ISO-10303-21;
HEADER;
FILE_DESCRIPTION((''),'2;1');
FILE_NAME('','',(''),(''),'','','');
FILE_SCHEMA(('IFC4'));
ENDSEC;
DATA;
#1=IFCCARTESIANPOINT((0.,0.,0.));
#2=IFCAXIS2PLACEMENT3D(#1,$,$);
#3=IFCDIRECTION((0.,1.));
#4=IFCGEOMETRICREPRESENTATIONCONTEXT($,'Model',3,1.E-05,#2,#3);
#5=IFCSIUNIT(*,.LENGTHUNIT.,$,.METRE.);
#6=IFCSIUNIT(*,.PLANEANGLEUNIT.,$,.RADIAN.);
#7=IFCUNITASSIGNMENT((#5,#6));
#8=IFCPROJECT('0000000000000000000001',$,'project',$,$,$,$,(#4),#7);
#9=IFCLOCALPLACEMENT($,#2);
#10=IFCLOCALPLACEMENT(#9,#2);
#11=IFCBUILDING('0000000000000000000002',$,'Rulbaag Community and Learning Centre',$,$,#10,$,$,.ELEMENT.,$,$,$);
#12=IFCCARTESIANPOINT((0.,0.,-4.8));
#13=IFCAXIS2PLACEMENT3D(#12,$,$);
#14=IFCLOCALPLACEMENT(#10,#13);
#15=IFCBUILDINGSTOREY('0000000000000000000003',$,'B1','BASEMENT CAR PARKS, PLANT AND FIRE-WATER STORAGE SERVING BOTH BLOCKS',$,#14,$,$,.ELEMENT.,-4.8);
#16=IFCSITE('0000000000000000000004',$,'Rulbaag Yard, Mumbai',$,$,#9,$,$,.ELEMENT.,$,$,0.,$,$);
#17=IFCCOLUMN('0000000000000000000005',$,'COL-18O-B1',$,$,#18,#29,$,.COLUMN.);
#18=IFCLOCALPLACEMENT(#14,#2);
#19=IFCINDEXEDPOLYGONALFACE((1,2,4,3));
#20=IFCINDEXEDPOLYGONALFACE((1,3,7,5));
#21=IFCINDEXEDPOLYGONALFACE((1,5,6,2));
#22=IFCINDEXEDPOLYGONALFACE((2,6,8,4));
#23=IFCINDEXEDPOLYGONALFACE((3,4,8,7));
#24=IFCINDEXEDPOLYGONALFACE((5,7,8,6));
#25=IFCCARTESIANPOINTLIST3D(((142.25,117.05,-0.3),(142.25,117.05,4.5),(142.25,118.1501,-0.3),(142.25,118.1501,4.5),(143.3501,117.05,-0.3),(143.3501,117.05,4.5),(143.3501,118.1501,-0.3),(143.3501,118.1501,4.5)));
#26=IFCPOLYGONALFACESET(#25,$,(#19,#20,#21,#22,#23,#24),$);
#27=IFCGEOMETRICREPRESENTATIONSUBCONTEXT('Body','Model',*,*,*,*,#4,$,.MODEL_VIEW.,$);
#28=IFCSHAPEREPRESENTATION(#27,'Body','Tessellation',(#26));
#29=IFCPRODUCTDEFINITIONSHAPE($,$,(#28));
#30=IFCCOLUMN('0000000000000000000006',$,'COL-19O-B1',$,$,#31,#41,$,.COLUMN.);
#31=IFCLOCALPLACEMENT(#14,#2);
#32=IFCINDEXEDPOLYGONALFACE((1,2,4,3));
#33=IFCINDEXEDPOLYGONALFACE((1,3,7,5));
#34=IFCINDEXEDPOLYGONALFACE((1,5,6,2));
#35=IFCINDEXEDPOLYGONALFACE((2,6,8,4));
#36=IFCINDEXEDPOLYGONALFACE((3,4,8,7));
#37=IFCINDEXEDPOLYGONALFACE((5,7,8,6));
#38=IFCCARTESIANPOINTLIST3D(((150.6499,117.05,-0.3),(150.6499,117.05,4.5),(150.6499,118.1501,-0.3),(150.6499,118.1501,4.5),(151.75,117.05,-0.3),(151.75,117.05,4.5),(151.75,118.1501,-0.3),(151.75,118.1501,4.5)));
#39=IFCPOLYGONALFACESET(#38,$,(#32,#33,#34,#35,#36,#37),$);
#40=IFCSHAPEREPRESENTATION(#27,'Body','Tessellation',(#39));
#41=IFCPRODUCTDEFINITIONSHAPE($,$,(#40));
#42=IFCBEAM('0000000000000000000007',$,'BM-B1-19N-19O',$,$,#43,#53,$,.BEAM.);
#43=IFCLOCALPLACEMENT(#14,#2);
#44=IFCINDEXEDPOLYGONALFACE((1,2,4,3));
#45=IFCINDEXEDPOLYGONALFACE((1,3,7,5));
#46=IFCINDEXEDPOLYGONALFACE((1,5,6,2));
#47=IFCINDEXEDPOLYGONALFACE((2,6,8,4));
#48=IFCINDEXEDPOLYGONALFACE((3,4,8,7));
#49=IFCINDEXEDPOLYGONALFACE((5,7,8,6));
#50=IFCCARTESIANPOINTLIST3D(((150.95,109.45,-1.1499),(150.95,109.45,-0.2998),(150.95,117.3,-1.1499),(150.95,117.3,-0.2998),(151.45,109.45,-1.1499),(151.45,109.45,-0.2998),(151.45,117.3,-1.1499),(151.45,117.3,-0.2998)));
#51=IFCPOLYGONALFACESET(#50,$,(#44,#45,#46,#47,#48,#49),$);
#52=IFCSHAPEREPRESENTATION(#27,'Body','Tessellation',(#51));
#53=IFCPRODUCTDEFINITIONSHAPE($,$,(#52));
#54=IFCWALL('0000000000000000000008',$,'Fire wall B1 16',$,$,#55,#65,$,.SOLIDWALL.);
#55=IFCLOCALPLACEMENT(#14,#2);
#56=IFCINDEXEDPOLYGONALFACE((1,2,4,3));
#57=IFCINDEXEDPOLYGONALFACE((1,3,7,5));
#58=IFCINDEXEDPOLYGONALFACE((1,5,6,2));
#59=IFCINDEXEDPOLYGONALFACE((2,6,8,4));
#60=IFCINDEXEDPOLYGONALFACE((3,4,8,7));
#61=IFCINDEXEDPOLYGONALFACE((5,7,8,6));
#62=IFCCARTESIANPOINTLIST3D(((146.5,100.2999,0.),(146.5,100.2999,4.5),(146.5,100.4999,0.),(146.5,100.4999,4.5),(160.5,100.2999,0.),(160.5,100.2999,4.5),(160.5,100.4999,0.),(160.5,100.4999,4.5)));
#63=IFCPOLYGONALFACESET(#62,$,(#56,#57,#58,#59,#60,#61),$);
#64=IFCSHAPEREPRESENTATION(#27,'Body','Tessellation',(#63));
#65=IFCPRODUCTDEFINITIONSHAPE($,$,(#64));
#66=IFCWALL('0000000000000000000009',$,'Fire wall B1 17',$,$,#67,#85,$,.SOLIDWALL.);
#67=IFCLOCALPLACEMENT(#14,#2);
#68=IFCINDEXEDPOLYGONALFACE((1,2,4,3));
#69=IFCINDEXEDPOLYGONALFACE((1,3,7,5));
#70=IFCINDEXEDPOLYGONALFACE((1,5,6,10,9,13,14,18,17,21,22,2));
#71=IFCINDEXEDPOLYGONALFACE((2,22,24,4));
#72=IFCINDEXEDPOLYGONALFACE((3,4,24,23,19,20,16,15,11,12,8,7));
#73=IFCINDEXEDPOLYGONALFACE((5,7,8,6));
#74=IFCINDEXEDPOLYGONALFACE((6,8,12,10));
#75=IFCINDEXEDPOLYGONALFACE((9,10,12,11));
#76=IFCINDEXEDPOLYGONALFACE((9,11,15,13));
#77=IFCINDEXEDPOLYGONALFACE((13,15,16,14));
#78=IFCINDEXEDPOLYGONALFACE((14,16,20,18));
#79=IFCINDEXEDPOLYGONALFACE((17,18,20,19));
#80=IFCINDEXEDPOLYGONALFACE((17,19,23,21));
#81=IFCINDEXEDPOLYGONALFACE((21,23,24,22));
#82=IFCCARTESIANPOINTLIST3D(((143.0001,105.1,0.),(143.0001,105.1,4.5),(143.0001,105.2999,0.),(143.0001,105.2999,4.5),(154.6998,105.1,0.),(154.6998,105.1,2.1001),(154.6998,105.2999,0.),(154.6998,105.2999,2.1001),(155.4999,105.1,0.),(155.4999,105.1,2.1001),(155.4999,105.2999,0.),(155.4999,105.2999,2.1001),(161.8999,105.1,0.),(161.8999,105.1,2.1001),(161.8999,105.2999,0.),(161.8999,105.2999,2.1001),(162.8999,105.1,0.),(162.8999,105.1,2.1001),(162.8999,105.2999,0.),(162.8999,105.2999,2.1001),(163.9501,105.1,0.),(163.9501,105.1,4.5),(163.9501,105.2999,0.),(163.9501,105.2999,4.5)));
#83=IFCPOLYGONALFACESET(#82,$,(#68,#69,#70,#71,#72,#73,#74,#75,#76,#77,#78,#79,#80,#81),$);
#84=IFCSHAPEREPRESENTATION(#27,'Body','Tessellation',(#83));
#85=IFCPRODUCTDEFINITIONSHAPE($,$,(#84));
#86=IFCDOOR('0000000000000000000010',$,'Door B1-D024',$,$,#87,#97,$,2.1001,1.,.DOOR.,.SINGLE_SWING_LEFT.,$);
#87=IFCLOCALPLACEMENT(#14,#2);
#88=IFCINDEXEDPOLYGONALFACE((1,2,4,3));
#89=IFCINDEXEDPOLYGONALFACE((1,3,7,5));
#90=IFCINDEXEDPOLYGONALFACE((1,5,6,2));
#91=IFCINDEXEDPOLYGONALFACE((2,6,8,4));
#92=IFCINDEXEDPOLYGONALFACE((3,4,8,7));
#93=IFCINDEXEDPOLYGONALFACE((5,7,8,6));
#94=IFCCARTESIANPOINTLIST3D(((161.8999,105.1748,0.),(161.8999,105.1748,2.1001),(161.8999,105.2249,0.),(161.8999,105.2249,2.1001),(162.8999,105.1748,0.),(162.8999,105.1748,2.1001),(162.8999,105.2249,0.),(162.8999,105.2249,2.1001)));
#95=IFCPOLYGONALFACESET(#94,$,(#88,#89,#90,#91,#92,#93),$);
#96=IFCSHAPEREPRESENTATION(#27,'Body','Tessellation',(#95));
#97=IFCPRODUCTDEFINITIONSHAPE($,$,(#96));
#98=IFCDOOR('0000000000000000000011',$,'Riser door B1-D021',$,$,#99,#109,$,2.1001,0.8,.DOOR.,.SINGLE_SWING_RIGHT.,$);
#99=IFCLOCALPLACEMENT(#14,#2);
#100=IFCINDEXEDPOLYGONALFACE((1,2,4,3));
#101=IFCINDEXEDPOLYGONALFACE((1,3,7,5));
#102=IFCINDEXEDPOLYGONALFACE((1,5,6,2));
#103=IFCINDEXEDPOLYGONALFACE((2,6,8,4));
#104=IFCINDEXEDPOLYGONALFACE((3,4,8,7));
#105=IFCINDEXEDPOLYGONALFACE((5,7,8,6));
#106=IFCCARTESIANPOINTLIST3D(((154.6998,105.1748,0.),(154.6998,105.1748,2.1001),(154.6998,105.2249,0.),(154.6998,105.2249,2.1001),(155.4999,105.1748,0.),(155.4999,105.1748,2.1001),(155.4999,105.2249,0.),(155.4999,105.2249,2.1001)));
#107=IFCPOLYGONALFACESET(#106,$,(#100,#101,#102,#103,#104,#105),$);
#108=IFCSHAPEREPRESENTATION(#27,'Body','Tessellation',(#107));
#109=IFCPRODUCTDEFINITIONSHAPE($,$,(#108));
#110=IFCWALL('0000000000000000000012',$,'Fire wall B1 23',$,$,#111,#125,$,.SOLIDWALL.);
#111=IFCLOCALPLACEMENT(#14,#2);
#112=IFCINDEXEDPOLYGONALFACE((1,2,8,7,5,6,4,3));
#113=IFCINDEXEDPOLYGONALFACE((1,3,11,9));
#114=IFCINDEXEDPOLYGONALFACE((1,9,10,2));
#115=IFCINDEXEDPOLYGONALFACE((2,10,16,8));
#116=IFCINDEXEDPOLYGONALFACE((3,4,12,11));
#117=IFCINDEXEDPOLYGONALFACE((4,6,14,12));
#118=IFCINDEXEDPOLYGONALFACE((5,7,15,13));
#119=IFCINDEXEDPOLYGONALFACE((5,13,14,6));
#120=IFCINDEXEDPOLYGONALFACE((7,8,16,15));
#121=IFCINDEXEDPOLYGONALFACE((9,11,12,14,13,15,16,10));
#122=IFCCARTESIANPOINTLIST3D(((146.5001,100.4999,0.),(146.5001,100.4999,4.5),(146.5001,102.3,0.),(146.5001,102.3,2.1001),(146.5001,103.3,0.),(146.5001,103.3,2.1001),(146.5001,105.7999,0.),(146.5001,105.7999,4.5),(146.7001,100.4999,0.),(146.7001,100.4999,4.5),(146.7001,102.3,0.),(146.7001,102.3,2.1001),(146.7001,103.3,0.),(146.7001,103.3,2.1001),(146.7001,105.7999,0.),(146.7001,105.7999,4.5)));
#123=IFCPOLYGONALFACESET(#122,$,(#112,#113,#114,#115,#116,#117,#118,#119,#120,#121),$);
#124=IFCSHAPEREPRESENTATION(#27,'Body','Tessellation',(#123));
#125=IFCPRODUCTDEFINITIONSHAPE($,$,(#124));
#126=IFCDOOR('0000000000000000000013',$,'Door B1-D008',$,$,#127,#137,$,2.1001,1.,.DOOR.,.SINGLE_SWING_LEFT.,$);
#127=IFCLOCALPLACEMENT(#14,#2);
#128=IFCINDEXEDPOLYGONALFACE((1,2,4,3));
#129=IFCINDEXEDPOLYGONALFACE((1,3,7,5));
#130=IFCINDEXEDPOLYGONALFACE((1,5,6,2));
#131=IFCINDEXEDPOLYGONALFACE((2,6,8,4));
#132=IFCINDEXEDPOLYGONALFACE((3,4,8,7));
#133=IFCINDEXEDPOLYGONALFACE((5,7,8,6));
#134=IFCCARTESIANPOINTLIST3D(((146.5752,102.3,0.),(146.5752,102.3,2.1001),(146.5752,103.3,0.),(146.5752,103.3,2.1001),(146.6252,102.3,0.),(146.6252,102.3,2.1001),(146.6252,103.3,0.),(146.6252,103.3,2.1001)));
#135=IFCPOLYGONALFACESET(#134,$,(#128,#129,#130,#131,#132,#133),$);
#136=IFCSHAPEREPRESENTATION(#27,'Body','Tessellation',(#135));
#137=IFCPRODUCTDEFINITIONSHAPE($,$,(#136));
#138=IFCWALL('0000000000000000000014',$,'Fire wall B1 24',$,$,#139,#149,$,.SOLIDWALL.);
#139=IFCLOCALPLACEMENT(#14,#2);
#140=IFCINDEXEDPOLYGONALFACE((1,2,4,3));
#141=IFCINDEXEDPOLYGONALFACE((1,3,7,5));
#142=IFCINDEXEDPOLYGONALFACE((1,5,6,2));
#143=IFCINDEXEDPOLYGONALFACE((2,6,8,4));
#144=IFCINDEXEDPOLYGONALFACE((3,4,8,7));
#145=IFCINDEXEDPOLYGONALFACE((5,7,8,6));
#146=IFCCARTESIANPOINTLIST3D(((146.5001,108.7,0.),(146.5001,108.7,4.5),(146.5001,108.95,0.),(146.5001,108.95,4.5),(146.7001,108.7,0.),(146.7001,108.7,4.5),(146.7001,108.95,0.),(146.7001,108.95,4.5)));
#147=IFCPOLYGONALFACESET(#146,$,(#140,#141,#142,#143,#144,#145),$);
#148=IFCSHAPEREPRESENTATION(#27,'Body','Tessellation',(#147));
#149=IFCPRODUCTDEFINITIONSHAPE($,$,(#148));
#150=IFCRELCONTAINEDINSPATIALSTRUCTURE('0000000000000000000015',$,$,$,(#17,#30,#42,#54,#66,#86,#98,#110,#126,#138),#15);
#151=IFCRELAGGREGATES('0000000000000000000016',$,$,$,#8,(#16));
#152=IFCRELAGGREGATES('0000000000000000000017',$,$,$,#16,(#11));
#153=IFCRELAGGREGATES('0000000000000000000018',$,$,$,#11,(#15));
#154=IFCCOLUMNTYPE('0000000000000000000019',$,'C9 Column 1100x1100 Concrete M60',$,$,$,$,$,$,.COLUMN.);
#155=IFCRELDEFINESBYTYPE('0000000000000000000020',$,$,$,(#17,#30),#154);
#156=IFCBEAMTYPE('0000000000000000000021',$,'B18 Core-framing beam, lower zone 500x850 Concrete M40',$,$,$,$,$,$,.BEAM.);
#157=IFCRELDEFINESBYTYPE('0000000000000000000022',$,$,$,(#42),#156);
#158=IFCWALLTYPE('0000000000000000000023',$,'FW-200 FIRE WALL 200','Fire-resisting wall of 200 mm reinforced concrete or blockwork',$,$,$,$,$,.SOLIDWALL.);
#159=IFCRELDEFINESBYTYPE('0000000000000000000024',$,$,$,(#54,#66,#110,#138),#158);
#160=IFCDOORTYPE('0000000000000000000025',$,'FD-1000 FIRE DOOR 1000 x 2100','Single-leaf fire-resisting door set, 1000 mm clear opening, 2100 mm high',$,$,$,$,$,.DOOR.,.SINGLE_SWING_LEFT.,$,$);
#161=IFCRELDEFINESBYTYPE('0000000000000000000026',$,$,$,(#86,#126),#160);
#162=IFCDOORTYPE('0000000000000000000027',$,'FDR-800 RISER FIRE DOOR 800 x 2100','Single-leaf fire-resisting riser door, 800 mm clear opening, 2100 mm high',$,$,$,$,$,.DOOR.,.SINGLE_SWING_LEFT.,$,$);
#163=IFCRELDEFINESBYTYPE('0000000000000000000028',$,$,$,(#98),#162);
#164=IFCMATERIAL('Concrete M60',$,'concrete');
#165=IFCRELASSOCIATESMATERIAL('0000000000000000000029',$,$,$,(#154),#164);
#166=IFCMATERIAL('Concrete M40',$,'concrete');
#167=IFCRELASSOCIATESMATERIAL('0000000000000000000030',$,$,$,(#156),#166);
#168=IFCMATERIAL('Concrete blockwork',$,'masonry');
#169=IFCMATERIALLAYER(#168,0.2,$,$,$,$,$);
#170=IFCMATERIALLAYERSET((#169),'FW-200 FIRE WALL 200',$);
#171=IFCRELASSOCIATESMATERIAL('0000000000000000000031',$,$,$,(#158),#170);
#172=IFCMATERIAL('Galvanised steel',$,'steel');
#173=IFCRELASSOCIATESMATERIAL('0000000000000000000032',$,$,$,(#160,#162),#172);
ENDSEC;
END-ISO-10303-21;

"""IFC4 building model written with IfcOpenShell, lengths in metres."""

from ifc_helpers import new_model, si_unit, direction, frame, frame_2d, origin, origin_2d, place, context, subcontext, project, spatial, rectangle, extrude, material, layer, layer_set, material_profile, profile_set, type_object, element, fill, save


model = new_model("IFC4")

# Units and contexts
model_context = context("Model", 3, precision=1e-05, world=origin(), true_north=direction((0.0, 1.0)))
body_context = subcontext(model_context, "Body", "Model", "MODEL_VIEW")
ifc_project = project(units=[si_unit("LENGTHUNIT", "METRE"), si_unit("PLANEANGLEUNIT", "RADIAN")], contexts=[model_context])

# Site, building, storey
site_placement = place(None, origin())
site = spatial("IfcSite", under=ifc_project, at=site_placement, Name="Rulbaag Yard, Mumbai", CompositionType="ELEMENT", RefElevation=0.0)
building_placement = place(site_placement, origin())
building = spatial("IfcBuilding", under=site, at=building_placement, Name="Rulbaag Community and Learning Centre", CompositionType="ELEMENT")
storey_placement = place(building_placement, frame((0.0, 0.0, -4.8)))
storey = spatial("IfcBuildingStorey", under=building, at=storey_placement, Name="B1", Description="BASEMENT CAR PARKS, PLANT AND FIRE-WATER STORAGE SERVING BOTH BLOCKS", CompositionType="ELEMENT", Elevation=-4.8)

# Columns
ifc_material_1 = material(Name="Concrete M60", Category="concrete")
ifc_material_profile_1 = material_profile(ifc_material_1, rectangle(XDim=1.1001, YDim=1.1001, at=origin_2d()), Name="RC1100x1100")
ifc_profile_set_1 = profile_set([ifc_material_profile_1], Name="Concrete M60")
column_type = type_object("IfcColumnType", Name="C9 Column 1100x1100 Concrete M60", PredefinedType="COLUMN", material=ifc_profile_set_1)
for number, where, z_axis, x_axis, name in (
    (1, (142.8, 117.6001, -0.3), (0.0, 0.0, 1.0), (1.0, 0.0, 0.0), "COL-18O-B1"),
    (2, (151.2, 117.6001, -0.3), (0.0, 0.0, 1.0), (1.0, 0.0, 0.0), "COL-19O-B1"),
):
    element("IfcColumn", number, at=place(storey_placement, frame(where, z_axis=z_axis, x_axis=x_axis)), inside=storey, type_object=column_type, Name=name, PredefinedType="COLUMN", context=body_context, shape_type="SweptSolid", body=[
        extrude(rectangle(XDim=1.1001, YDim=1.1001, at=origin_2d()), origin(), (0.0, 0.0, 1.0), 4.8),
    ])

# Beam
ifc_material_2 = material(Name="Concrete M40", Category="concrete")
ifc_material_profile_2 = material_profile(ifc_material_2, rectangle(XDim=0.5, YDim=0.8501, at=origin_2d()), Name="RB500x850")
ifc_profile_set_2 = profile_set([ifc_material_profile_2], Name="Concrete M40")
beam_type = type_object("IfcBeamType", Name="B18 Core-framing beam, lower zone 500x850 Concrete M40", PredefinedType="BEAM", material=ifc_profile_set_2)
beam_placement = place(storey_placement, frame((151.2, 109.45, -0.7249), z_axis=(0.0, 1.0, 0.0), x_axis=(-1.0, 0.0, 0.0)))
element("IfcBeam", 3, at=beam_placement, inside=storey, type_object=beam_type, Name="BM-B1-19N-19O", PredefinedType="BEAM", context=body_context, shape_type="SweptSolid", body=[
    extrude(rectangle(XDim=0.5, YDim=0.8501, at=origin_2d()), origin(), (0.0, 0.0, 1.0), 7.8501),
])

# Wall
ifc_material_3 = material(Name="Concrete blockwork", Category="masonry")
ifc_layer_1 = layer(ifc_material_3, 0.2)
ifc_layer_set_1 = layer_set([ifc_layer_1], Name="FW-200 FIRE WALL 200")
wall_type_1 = type_object("IfcWallType", Name="FW-200 FIRE WALL 200", Description="Fire-resisting wall of 200 mm reinforced concrete or blockwork", PredefinedType="SOLIDWALL", material=ifc_layer_set_1)
wall_1_placement = place(storey_placement, frame((146.5, 100.3999, 0.0), z_axis=(0.0, 0.0, 1.0), x_axis=(1.0, 0.0, 0.0)))
element("IfcWall", 4, at=wall_1_placement, inside=storey, type_object=wall_type_1, Name="Fire wall B1 16", PredefinedType="SOLIDWALL", context=body_context, shape_type="SweptSolid", body=[
    extrude(rectangle(XDim=14.0, YDim=0.2, at=frame_2d((7.0, 0.0))), origin(), (0.0, 0.0, 1.0), 4.5),
])

# Wall, openings, doors
wall_2_placement = place(storey_placement, frame((143.0, 105.2, 0.0), z_axis=(0.0, 0.0, 1.0), x_axis=(1.0, 0.0, 0.0)))
wall_2 = element("IfcWall", 5, at=wall_2_placement, inside=storey, type_object=wall_type_1, Name="Fire wall B1 17", PredefinedType="SOLIDWALL", context=body_context, shape_type="SweptSolid", body=[
    extrude(rectangle(XDim=20.95, YDim=0.2, at=frame_2d((10.4751, 0.0))), origin(), (0.0, 0.0, 1.0), 4.5),
])
opening_1_placement = place(wall_2_placement, frame((11.7, 0.0, 0.0)))
opening_1 = element("IfcOpeningElement", 6, at=opening_1_placement, cuts=wall_2, PredefinedType="OPENING", context=body_context, shape_type="SweptSolid", body=[
    extrude(rectangle(XDim=0.8, YDim=2.1001, at=frame_2d((0.3999, 1.05))), frame((0.0, 0.1099, 0.0), z_axis=(0.0, -1.0, 0.0), x_axis=(1.0, 0.0, 0.0)), (0.0, 0.0, 1.0), 0.22),
])
opening_2_placement = place(wall_2_placement, frame((18.8999, 0.0, 0.0)))
opening_2 = element("IfcOpeningElement", 7, at=opening_2_placement, cuts=wall_2, PredefinedType="OPENING", context=body_context, shape_type="SweptSolid", body=[
    extrude(rectangle(XDim=1.0, YDim=2.1001, at=frame_2d((0.5, 1.05))), frame((0.0, 0.1099, 0.0), z_axis=(0.0, -1.0, 0.0), x_axis=(1.0, 0.0, 0.0)), (0.0, 0.0, 1.0), 0.22),
])
ifc_material_4 = material(Name="Galvanised steel", Category="steel")
door_type_1 = type_object("IfcDoorType", Name="FD-1000 FIRE DOOR 1000 x 2100", Description="Single-leaf fire-resisting door set, 1000 mm clear opening, 2100 mm high", OperationType="SINGLE_SWING_LEFT", PredefinedType="DOOR", material=ifc_material_4)
door_1_placement = place(opening_2_placement, origin())
door_1 = element("IfcDoor", 8, at=door_1_placement, inside=storey, type_object=door_type_1, Name="Door B1-D024", OperationType="SINGLE_SWING_LEFT", OverallHeight=2.1001, OverallWidth=1.0, PredefinedType="DOOR", context=body_context, shape_type="SweptSolid", body=[
    extrude(rectangle(XDim=1.0, YDim=2.1001, at=frame_2d((0.5, 1.05))), frame((0.0, 0.0249, 0.0), z_axis=(0.0, -1.0, 0.0), x_axis=(1.0, 0.0, 0.0)), (0.0, 0.0, 1.0), 0.05),
])
fill(opening_2, door_1)
door_type_2 = type_object("IfcDoorType", Name="FDR-800 RISER FIRE DOOR 800 x 2100", Description="Single-leaf fire-resisting riser door, 800 mm clear opening, 2100 mm high", OperationType="SINGLE_SWING_LEFT", PredefinedType="DOOR", material=ifc_material_4)
door_2_placement = place(opening_1_placement, origin())
door_2 = element("IfcDoor", 9, at=door_2_placement, inside=storey, type_object=door_type_2, Name="Riser door B1-D021", OperationType="SINGLE_SWING_RIGHT", OverallHeight=2.1001, OverallWidth=0.8, PredefinedType="DOOR", context=body_context, shape_type="SweptSolid", body=[
    extrude(rectangle(XDim=0.8, YDim=2.1001, at=frame_2d((0.3999, 1.05))), frame((0.0, 0.0249, 0.0), z_axis=(0.0, -1.0, 0.0), x_axis=(1.0, 0.0, 0.0)), (0.0, 0.0, 1.0), 0.05),
])
fill(opening_1, door_2)

# Wall, opening, door
wall_3_placement = place(storey_placement, frame((146.6001, 100.5, 0.0), z_axis=(0.0, 0.0, 1.0), x_axis=(0.0, 1.0, 0.0)))
wall_3 = element("IfcWall", 10, at=wall_3_placement, inside=storey, type_object=wall_type_1, Name="Fire wall B1 23", PredefinedType="SOLIDWALL", context=body_context, shape_type="SweptSolid", body=[
    extrude(rectangle(XDim=5.3, YDim=0.2, at=frame_2d((2.6499, 0.0))), origin(), (0.0, 0.0, 1.0), 4.5),
])
opening_3_placement = place(wall_3_placement, frame((1.8, 0.0, 0.0)))
opening_3 = element("IfcOpeningElement", 11, at=opening_3_placement, cuts=wall_3, PredefinedType="OPENING", context=body_context, shape_type="SweptSolid", body=[
    extrude(rectangle(XDim=1.0, YDim=2.1001, at=frame_2d((0.5, 1.05))), frame((0.0, 0.1099, 0.0), z_axis=(0.0, -1.0, 0.0), x_axis=(1.0, 0.0, 0.0)), (0.0, 0.0, 1.0), 0.22),
])
door_3_placement = place(opening_3_placement, origin())
door_3 = element("IfcDoor", 12, at=door_3_placement, inside=storey, type_object=door_type_1, Name="Door B1-D008", OperationType="SINGLE_SWING_LEFT", OverallHeight=2.1001, OverallWidth=1.0, PredefinedType="DOOR", context=body_context, shape_type="SweptSolid", body=[
    extrude(rectangle(XDim=1.0, YDim=2.1001, at=frame_2d((0.5, 1.05))), frame((0.0, 0.0249, 0.0), z_axis=(0.0, -1.0, 0.0), x_axis=(1.0, 0.0, 0.0)), (0.0, 0.0, 1.0), 0.05),
])
fill(opening_3, door_3)

# Wall
wall_4_placement = place(storey_placement, frame((146.6001, 108.7, 0.0), z_axis=(0.0, 0.0, 1.0), x_axis=(0.0, 1.0, 0.0)))
element("IfcWall", 13, at=wall_4_placement, inside=storey, type_object=wall_type_1, Name="Fire wall B1 24", PredefinedType="SOLIDWALL", context=body_context, shape_type="SweptSolid", body=[
    extrude(rectangle(XDim=0.25, YDim=0.2, at=frame_2d((0.125, 0.0))), origin(), (0.0, 0.0, 1.0), 4.5),
])

save(model, "model.ifc")
